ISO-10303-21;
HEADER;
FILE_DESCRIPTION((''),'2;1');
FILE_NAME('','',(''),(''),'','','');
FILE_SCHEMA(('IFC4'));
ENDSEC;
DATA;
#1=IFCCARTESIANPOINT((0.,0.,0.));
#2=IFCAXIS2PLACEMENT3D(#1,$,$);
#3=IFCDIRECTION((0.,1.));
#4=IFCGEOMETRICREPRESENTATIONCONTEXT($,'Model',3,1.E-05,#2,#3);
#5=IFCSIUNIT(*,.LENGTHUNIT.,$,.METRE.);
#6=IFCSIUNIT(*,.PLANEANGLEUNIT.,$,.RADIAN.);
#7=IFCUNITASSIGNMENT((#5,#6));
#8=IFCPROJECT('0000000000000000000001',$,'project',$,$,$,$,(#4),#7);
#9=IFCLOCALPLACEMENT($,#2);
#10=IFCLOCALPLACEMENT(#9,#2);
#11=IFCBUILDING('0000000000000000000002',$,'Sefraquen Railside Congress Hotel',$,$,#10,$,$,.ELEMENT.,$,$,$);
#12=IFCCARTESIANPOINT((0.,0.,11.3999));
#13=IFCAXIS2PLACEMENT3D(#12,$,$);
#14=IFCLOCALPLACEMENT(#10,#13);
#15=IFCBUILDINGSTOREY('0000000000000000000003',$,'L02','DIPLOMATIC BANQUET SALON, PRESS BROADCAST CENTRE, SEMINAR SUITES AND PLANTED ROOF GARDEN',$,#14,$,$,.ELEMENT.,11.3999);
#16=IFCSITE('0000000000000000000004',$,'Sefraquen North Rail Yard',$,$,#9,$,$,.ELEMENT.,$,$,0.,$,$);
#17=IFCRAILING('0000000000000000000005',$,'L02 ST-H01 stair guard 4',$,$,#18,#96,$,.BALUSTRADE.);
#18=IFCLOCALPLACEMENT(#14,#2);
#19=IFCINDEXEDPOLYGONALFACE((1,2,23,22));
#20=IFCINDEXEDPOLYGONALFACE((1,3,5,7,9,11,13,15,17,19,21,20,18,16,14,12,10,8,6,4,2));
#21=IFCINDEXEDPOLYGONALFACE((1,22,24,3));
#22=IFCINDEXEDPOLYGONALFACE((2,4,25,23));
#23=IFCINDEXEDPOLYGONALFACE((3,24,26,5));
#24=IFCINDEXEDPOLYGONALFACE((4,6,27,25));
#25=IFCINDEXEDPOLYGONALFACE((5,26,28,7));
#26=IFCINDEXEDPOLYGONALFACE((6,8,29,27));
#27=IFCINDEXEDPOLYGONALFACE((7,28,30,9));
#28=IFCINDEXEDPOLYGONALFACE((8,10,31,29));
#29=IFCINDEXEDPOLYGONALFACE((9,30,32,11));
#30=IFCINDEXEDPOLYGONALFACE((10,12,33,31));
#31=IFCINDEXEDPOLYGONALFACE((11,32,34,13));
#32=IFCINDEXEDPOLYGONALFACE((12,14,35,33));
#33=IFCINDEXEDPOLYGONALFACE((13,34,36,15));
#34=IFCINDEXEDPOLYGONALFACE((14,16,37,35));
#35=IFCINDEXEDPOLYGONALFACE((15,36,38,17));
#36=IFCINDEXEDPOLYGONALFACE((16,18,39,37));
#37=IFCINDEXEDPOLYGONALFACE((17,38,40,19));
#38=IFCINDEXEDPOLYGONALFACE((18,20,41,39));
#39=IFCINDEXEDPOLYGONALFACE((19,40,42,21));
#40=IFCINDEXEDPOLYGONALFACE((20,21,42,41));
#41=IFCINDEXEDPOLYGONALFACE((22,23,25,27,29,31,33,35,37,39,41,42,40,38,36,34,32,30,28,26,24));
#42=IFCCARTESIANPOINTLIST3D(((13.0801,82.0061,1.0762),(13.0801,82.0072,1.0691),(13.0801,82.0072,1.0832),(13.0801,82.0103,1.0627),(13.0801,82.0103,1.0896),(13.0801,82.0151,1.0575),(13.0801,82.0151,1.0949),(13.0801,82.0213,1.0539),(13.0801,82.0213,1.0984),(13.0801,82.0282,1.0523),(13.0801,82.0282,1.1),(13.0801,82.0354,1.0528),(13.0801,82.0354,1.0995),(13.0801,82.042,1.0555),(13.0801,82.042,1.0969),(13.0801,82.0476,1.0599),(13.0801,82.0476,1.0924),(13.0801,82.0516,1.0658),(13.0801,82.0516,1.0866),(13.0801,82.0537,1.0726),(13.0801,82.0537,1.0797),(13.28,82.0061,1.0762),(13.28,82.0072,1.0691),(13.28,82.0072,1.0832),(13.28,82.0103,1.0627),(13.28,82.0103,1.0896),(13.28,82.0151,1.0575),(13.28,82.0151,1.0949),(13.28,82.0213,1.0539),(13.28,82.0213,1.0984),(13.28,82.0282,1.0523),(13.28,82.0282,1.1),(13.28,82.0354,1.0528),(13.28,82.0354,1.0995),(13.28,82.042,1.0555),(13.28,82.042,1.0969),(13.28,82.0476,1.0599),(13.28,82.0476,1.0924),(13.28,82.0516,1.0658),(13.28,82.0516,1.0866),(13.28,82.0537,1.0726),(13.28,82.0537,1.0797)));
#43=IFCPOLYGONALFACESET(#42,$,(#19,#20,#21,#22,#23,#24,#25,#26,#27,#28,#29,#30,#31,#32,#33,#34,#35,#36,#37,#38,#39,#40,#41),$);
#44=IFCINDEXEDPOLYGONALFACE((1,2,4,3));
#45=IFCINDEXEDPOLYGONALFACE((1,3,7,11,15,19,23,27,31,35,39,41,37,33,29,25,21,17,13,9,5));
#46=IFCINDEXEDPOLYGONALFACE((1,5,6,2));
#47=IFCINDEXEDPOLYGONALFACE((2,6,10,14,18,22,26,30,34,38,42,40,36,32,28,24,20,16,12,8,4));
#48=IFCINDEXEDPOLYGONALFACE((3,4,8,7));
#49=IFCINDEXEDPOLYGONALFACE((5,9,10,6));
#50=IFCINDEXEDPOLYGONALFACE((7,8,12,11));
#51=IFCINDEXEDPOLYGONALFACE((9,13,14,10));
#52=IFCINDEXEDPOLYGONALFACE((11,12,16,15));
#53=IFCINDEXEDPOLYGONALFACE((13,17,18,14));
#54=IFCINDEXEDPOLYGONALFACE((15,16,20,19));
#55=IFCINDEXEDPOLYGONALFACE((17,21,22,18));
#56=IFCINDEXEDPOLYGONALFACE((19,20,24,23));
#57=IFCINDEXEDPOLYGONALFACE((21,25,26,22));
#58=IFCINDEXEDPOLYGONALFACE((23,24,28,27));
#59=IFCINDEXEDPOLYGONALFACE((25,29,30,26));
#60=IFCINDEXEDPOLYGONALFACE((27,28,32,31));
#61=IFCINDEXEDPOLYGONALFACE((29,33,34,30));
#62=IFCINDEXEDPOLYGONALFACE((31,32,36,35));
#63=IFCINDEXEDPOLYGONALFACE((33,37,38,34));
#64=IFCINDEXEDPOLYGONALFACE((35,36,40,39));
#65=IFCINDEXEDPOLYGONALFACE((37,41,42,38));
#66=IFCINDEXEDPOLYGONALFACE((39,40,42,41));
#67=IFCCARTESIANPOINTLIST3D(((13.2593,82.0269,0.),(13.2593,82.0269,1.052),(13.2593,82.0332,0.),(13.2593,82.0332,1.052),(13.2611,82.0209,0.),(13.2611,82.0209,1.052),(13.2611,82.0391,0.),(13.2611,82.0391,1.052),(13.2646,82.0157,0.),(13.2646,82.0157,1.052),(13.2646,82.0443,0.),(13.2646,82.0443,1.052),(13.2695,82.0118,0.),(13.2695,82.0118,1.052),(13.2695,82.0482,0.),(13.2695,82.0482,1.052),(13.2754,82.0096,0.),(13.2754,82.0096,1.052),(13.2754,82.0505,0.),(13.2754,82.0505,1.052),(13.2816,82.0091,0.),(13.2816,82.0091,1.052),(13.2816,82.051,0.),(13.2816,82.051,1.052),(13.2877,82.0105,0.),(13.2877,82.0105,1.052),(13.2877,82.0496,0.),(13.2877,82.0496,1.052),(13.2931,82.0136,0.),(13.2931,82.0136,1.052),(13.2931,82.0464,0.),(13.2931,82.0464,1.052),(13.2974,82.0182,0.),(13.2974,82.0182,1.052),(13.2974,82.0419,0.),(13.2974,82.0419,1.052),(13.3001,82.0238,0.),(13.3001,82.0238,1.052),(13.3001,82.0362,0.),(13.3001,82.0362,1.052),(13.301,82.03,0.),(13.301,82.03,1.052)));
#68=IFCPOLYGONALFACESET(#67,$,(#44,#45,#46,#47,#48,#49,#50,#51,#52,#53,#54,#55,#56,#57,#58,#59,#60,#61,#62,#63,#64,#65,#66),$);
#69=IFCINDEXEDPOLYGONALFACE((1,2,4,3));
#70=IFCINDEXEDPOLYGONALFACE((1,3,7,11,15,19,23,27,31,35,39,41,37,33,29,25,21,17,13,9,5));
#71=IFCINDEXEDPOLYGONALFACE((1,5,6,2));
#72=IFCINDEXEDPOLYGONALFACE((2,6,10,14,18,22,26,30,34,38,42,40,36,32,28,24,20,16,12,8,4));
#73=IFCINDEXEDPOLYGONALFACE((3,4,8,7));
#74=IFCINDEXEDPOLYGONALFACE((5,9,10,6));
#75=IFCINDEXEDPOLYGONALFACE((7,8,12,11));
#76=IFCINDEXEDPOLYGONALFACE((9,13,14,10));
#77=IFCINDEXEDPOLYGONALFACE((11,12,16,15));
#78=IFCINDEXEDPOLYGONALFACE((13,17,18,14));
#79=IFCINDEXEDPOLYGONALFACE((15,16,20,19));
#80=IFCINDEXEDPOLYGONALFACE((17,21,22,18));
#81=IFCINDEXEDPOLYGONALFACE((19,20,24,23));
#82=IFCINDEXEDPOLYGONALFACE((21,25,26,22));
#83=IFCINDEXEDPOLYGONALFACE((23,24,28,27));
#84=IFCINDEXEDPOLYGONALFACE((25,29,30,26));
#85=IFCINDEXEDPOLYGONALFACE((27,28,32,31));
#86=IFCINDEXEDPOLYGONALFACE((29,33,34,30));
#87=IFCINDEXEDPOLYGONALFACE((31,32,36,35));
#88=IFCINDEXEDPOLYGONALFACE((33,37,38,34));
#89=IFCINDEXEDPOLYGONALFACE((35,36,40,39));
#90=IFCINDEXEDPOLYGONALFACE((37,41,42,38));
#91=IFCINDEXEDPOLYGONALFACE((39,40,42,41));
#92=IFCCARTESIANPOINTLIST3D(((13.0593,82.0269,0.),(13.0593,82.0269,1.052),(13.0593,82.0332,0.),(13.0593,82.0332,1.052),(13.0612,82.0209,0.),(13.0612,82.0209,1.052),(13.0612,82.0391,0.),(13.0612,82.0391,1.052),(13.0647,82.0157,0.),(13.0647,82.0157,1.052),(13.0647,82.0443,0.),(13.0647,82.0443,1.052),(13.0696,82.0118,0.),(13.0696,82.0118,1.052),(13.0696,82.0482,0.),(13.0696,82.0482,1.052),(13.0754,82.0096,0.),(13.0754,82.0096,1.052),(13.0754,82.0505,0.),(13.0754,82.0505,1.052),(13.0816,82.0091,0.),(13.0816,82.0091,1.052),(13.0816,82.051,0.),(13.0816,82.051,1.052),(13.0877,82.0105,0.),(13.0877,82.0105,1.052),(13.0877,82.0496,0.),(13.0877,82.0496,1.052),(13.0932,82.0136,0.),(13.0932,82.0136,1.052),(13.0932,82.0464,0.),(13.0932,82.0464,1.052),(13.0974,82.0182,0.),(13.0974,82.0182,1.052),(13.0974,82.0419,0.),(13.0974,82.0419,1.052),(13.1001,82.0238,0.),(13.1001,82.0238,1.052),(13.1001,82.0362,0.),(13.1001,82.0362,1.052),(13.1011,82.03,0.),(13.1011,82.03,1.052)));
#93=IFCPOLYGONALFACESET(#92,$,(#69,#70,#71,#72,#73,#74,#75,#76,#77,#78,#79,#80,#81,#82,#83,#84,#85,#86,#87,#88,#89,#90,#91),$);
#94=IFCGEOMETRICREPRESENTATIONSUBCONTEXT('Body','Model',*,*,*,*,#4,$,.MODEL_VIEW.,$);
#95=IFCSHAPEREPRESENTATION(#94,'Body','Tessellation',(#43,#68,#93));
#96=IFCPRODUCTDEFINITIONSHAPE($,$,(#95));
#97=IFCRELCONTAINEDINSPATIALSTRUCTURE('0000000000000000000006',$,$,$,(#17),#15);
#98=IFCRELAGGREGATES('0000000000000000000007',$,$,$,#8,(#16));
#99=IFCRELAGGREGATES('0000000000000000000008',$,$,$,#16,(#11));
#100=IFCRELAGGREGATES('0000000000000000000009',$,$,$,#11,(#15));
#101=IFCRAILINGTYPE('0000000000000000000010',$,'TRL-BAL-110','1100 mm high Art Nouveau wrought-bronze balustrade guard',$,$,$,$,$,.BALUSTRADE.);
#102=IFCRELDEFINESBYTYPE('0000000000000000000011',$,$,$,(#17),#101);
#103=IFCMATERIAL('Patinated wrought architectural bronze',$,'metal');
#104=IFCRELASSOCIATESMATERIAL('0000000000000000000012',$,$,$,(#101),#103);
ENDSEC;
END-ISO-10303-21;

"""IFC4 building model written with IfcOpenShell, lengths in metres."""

from ifc_helpers import new_model, si_unit, direction, frame, origin, origin_2d, place, context, subcontext, project, spatial, circle, extrude, material, type_object, element, save


model = new_model("IFC4")

# Units and contexts
model_context = context("Model", 3, precision=1e-05, world=origin(), true_north=direction((0.0, 1.0)))
body_context = subcontext(model_context, "Body", "Model", "MODEL_VIEW")
ifc_project = project(units=[si_unit("LENGTHUNIT", "METRE"), si_unit("PLANEANGLEUNIT", "RADIAN")], contexts=[model_context])

# Site, building, storey
site_placement = place(None, origin())
site = spatial("IfcSite", under=ifc_project, at=site_placement, Name="Sefraquen North Rail Yard", CompositionType="ELEMENT", RefElevation=0.0)
building_placement = place(site_placement, origin())
building = spatial("IfcBuilding", under=site, at=building_placement, Name="Sefraquen Railside Congress Hotel", CompositionType="ELEMENT")
storey_placement = place(building_placement, frame((0.0, 0.0, 11.3999)))
storey = spatial("IfcBuildingStorey", under=building, at=storey_placement, Name="L02", Description="DIPLOMATIC BANQUET SALON, PRESS BROADCAST CENTRE, SEMINAR SUITES AND PLANTED ROOF GARDEN", CompositionType="ELEMENT", Elevation=11.3999)

# Railing
ifc_material_1 = material(Name="Patinated wrought architectural bronze", Category="metal")
railing_type = type_object("IfcRailingType", Name="TRL-BAL-110", Description="1100 mm high Art Nouveau wrought-bronze balustrade guard", PredefinedType="BALUSTRADE", material=ifc_material_1)
railing_1_placement = place(storey_placement, frame((13.28, 82.03, 0.0)))
element("IfcRailing", 1, at=railing_1_placement, inside=storey, type_object=railing_type, Name="L02 ST-H01 stair guard 4", PredefinedType="BALUSTRADE", context=body_context, shape_type="SweptSolid", body=[
    extrude(circle(Radius=0.0239, at=origin_2d()), frame((0.0, 0.0, 1.0762), z_axis=(-1.0, 0.0, 0.0), x_axis=(0.0, -1.0, 0.0)), (0.0, 0.0, 1.0), 0.2),
    extrude(circle(Radius=0.021, at=origin_2d()), origin(), (0.0, 0.0, 1.0), 1.052),
    extrude(circle(Radius=0.021, at=origin_2d()), frame((-0.2, 0.0, 0.0)), (0.0, 0.0, 1.0), 1.052),
])

save(model, "model.ifc")
